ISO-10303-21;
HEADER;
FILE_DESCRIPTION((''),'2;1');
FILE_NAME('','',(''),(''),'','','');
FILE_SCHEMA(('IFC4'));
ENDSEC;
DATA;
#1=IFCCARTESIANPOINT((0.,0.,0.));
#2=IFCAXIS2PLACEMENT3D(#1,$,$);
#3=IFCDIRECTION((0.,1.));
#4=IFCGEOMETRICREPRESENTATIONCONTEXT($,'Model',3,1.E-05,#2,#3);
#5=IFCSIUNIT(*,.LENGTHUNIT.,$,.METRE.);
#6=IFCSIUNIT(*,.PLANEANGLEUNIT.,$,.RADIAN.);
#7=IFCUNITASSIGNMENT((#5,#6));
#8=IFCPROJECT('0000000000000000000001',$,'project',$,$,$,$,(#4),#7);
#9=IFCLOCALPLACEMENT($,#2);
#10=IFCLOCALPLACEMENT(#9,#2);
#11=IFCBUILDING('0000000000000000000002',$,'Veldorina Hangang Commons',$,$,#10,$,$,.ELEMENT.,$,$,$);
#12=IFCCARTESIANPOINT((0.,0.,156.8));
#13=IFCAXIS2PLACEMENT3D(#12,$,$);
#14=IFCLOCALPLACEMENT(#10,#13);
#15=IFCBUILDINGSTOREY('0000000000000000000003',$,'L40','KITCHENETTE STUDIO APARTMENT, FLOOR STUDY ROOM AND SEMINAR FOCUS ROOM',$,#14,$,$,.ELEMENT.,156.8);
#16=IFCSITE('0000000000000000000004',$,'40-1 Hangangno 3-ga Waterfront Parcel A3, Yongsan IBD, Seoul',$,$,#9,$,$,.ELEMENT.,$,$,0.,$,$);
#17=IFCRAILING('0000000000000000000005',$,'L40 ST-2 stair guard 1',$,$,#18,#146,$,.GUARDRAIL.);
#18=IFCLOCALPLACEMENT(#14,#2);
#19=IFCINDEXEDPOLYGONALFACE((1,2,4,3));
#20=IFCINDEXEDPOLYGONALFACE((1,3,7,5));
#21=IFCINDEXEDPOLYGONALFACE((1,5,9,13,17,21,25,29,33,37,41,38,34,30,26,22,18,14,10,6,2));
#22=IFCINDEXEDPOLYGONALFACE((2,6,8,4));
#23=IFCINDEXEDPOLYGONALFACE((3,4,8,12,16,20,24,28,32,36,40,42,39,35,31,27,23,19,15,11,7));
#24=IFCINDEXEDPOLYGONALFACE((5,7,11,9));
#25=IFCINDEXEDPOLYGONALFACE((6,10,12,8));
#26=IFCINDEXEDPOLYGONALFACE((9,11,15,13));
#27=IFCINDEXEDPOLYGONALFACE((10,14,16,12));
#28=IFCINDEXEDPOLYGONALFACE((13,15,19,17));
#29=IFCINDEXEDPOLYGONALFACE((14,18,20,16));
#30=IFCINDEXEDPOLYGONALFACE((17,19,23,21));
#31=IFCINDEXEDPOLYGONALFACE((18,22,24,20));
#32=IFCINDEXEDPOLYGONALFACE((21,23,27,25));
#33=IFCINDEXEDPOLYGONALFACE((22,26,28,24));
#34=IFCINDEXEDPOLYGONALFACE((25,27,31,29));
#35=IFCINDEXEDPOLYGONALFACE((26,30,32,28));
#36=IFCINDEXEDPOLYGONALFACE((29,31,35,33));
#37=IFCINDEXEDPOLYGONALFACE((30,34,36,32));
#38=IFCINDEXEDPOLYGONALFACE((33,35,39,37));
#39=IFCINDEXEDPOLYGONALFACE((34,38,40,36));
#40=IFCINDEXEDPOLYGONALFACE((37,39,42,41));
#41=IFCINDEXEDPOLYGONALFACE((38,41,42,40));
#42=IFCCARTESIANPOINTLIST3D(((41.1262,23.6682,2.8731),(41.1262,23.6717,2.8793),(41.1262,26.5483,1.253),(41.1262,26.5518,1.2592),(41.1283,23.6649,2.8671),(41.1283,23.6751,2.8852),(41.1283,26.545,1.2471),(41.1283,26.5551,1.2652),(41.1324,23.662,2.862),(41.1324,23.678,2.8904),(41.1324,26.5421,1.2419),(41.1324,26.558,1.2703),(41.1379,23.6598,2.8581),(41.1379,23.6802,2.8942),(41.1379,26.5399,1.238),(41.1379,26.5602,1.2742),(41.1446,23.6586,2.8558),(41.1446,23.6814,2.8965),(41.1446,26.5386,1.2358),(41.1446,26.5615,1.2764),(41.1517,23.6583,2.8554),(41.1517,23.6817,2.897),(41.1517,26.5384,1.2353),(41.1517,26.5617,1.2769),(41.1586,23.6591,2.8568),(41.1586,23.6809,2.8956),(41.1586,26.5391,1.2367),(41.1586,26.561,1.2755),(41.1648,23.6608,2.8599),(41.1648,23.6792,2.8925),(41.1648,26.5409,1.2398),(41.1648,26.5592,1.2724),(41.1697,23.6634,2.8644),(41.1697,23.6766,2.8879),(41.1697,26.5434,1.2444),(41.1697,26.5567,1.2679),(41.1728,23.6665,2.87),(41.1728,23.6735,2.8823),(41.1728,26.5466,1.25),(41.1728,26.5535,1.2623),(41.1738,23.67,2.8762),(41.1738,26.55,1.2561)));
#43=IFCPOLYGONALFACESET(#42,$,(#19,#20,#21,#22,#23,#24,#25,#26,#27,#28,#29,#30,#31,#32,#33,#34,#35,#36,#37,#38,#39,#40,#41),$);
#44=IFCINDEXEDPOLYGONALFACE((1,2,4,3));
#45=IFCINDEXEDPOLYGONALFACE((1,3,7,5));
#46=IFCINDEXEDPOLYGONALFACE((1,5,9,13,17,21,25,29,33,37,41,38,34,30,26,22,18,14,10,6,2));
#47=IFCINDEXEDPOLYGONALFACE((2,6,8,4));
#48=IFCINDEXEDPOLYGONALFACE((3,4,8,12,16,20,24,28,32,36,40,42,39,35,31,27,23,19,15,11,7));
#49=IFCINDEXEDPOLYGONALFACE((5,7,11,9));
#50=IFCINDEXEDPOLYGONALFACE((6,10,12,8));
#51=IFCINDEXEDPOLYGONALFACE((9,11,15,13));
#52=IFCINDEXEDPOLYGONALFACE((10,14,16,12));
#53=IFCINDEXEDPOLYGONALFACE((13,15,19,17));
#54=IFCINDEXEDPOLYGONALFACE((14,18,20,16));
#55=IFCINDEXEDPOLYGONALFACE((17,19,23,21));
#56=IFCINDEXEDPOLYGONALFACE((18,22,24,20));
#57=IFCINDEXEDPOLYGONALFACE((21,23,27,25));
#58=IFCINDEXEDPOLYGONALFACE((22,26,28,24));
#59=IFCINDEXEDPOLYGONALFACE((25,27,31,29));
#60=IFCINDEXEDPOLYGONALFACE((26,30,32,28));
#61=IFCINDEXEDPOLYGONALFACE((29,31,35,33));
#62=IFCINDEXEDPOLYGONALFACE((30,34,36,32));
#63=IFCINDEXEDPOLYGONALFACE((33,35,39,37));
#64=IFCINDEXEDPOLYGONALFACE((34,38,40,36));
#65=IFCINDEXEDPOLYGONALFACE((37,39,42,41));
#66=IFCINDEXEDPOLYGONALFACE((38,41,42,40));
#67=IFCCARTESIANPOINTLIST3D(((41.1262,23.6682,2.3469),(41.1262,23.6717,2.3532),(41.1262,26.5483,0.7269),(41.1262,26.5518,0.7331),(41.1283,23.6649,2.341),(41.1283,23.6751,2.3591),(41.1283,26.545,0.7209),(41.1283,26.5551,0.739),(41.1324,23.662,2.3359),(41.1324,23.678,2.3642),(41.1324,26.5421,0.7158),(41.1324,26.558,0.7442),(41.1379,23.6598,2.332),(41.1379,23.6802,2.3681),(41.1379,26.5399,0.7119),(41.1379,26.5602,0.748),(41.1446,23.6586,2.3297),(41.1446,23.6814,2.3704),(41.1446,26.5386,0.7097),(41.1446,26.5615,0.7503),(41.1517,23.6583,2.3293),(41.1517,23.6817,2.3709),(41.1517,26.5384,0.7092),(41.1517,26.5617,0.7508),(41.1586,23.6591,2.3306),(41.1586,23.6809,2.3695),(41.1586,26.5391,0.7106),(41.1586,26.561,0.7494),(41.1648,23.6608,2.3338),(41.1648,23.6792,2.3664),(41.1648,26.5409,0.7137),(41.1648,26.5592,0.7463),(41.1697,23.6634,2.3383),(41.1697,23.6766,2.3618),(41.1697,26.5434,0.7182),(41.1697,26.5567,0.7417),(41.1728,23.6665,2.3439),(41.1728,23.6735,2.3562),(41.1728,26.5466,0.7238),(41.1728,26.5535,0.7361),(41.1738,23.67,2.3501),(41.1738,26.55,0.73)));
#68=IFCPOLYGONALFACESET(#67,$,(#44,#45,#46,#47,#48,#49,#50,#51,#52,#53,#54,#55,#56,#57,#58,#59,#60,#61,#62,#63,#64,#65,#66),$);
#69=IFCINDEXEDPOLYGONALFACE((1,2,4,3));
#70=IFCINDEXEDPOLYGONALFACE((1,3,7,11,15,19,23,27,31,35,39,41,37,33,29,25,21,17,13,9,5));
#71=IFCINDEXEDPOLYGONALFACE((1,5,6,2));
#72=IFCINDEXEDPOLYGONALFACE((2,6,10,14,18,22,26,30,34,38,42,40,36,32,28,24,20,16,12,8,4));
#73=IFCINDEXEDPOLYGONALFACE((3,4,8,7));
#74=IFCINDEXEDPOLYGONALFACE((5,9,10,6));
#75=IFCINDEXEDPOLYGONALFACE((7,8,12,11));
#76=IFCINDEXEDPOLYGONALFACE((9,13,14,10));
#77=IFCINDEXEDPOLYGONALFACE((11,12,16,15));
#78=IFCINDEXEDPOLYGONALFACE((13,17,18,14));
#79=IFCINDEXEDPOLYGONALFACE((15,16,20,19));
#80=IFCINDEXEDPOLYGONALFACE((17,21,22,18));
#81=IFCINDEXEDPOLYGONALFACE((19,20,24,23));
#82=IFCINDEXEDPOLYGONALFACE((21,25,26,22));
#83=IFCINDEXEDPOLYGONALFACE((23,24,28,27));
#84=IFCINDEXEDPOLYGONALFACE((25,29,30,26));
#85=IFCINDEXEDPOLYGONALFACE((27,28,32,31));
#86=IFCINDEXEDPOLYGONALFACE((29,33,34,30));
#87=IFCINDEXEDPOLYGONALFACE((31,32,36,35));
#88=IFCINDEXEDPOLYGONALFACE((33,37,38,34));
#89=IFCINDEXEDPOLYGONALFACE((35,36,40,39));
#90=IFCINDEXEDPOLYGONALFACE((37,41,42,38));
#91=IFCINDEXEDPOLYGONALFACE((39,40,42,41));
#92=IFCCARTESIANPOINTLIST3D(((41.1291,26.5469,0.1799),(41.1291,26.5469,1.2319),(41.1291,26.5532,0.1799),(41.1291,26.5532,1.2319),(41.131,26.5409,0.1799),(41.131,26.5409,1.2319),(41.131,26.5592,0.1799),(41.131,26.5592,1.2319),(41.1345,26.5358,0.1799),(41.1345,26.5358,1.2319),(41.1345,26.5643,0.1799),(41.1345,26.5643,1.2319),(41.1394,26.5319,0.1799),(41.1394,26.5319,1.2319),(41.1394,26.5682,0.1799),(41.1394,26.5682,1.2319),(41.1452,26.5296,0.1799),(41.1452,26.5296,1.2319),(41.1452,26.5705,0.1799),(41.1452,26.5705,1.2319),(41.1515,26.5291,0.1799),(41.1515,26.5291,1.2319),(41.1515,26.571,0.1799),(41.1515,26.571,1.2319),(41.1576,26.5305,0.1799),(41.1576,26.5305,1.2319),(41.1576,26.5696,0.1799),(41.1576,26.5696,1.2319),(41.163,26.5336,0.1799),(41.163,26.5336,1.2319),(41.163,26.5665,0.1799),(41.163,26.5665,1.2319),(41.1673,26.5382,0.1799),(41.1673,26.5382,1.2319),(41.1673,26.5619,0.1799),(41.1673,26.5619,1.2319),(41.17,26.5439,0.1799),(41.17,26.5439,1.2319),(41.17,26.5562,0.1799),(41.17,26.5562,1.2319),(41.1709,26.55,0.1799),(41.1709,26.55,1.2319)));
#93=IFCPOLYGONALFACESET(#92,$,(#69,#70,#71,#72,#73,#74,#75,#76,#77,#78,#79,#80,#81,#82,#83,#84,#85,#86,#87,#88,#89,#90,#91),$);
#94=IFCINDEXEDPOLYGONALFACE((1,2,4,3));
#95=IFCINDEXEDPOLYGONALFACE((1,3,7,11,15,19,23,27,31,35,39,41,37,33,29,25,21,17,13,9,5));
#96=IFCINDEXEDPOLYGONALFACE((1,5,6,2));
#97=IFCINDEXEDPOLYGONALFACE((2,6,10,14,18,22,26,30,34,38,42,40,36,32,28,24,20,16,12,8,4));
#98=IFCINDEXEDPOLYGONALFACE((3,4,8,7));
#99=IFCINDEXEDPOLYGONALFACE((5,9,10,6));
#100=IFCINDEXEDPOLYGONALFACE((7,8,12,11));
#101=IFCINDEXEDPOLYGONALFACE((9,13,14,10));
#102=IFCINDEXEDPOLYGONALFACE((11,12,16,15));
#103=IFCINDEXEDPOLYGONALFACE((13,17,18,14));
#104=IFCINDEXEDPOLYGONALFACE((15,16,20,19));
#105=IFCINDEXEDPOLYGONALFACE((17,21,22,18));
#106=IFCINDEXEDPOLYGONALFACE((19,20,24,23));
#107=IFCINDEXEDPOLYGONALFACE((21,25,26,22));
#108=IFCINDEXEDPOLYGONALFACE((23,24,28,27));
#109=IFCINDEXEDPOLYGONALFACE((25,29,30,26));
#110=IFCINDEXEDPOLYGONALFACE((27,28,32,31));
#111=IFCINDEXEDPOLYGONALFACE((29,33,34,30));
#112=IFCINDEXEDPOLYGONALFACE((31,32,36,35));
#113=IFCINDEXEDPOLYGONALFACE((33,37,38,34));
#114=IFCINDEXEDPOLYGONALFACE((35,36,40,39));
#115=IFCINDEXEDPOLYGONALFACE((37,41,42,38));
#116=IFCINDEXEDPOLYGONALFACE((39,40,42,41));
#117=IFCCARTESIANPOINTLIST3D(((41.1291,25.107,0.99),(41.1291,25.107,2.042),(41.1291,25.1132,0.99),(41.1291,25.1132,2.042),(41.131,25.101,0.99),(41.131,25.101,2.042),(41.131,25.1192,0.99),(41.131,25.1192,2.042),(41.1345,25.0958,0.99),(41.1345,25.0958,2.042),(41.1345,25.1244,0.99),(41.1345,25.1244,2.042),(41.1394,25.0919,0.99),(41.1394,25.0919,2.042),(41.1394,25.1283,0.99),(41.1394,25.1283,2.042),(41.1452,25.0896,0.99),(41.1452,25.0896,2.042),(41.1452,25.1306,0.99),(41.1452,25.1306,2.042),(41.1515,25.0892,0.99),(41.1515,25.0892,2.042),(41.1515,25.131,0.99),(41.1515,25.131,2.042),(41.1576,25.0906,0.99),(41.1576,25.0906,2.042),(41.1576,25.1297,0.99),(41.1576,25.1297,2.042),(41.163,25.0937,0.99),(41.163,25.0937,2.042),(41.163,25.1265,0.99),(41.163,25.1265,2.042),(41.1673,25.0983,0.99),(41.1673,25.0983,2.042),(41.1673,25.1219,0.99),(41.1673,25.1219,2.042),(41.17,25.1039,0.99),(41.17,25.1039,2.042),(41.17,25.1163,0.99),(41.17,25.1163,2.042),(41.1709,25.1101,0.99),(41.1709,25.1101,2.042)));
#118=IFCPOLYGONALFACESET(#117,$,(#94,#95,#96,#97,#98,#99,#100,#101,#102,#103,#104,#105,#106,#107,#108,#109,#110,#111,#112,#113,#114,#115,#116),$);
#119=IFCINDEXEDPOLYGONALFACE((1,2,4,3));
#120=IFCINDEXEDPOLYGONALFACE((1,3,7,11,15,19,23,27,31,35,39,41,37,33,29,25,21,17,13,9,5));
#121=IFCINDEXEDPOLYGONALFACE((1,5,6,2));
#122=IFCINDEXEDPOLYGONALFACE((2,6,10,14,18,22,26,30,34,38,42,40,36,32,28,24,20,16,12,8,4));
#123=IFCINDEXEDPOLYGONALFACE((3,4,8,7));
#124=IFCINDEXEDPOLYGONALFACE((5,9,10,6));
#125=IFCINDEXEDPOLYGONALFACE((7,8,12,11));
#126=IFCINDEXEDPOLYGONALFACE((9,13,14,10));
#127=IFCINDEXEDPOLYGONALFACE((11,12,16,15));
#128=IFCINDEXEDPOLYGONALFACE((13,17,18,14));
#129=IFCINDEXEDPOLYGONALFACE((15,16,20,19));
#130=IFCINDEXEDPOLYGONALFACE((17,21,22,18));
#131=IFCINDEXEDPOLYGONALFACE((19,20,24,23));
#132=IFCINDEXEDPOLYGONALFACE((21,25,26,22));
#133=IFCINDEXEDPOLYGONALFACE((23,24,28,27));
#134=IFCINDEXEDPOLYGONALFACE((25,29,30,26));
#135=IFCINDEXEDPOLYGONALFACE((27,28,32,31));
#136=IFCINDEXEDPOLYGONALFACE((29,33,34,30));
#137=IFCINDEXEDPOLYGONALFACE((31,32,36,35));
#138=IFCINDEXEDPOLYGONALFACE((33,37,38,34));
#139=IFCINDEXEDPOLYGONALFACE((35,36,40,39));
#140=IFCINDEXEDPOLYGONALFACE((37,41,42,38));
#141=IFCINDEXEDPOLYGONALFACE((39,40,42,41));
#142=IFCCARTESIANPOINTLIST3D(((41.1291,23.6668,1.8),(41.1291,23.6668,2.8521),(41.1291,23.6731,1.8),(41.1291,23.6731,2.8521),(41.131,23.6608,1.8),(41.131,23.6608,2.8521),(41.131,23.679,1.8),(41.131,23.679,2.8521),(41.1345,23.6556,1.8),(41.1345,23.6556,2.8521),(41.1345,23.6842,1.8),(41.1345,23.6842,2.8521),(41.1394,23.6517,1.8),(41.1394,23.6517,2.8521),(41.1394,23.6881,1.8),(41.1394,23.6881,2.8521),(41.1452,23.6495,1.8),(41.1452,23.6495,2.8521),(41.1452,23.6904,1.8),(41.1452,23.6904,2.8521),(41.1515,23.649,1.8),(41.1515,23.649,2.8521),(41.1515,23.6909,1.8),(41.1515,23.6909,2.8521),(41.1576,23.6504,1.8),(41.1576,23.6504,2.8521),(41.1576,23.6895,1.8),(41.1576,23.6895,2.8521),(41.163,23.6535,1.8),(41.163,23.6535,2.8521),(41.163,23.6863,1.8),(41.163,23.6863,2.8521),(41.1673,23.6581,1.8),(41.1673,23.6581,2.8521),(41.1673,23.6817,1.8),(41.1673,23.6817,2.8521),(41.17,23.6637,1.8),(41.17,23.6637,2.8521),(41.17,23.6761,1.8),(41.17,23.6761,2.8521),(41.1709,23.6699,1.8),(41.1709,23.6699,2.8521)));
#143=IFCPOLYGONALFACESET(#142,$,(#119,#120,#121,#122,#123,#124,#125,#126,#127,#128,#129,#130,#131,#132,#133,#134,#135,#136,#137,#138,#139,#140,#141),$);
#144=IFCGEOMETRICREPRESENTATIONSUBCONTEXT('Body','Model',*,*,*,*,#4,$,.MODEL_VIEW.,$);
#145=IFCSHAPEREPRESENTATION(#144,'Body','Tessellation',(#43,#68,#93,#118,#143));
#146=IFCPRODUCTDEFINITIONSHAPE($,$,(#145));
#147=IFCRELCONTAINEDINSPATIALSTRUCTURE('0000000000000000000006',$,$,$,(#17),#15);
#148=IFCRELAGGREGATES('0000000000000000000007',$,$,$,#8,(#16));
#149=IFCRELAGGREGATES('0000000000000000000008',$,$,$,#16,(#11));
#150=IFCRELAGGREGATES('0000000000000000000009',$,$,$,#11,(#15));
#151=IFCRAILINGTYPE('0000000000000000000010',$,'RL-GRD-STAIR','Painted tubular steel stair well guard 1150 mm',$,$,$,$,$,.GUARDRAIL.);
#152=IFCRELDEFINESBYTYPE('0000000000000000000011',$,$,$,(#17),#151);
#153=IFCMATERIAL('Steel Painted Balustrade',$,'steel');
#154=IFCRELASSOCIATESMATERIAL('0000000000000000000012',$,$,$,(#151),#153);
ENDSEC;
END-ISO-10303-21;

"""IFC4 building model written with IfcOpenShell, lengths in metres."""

from ifc_helpers import new_model, si_unit, direction, frame, origin, origin_2d, place, context, subcontext, project, spatial, circle, extrude, material, type_object, element, save


model = new_model("IFC4")

# Units and contexts
model_context = context("Model", 3, precision=1e-05, world=origin(), true_north=direction((0.0, 1.0)))
body_context = subcontext(model_context, "Body", "Model", "MODEL_VIEW")
ifc_project = project(units=[si_unit("LENGTHUNIT", "METRE"), si_unit("PLANEANGLEUNIT", "RADIAN")], contexts=[model_context])

# Site, building, storey
site_placement = place(None, origin())
site = spatial("IfcSite", under=ifc_project, at=site_placement, Name="40-1 Hangangno 3-ga Waterfront Parcel A3, Yongsan IBD, Seoul", CompositionType="ELEMENT", RefElevation=0.0)
building_placement = place(site_placement, origin())
building = spatial("IfcBuilding", under=site, at=building_placement, Name="Veldorina Hangang Commons", CompositionType="ELEMENT")
storey_placement = place(building_placement, frame((0.0, 0.0, 156.8)))
storey = spatial("IfcBuildingStorey", under=building, at=storey_placement, Name="L40", Description="KITCHENETTE STUDIO APARTMENT, FLOOR STUDY ROOM AND SEMINAR FOCUS ROOM", CompositionType="ELEMENT", Elevation=156.8)

# Railing
ifc_material_1 = material(Name="Steel Painted Balustrade", Category="steel")
railing_type_1 = type_object("IfcRailingType", Name="RL-GRD-STAIR", Description="Painted tubular steel stair well guard 1150 mm", PredefinedType="GUARDRAIL", material=ifc_material_1)
railing_1_placement = place(storey_placement, frame((41.1499, 26.55, 0.1799)))
element("IfcRailing", 1, at=railing_1_placement, inside=storey, type_object=railing_type_1, Name="L40 ST-2 stair guard 1", PredefinedType="GUARDRAIL", context=body_context, shape_type="SweptSolid", body=[
    extrude(circle(Radius=0.0239, at=origin_2d()), frame((0.0, 0.0, 1.0762), z_axis=(0.0, -0.87157, 0.490272), x_axis=(1.0, 0.0, 0.0)), (0.0, 0.0, 1.0), 3.3044),
    extrude(circle(Radius=0.0239, at=origin_2d()), frame((0.0, 0.0, 0.55), z_axis=(0.0, -0.87157, 0.490272), x_axis=(1.0, 0.0, 0.0)), (0.0, 0.0, 1.0), 3.3044),
    extrude(circle(Radius=0.021, at=origin_2d()), origin(), (0.0, 0.0, 1.0), 1.052),
    extrude(circle(Radius=0.021, at=origin_2d()), frame((0.0, -1.4399, 0.8101)), (0.0, 0.0, 1.0), 1.052),
    extrude(circle(Radius=0.021, at=origin_2d()), frame((0.0, -2.8801, 1.6201)), (0.0, 0.0, 1.0), 1.052),
])

save(model, "model.ifc")
